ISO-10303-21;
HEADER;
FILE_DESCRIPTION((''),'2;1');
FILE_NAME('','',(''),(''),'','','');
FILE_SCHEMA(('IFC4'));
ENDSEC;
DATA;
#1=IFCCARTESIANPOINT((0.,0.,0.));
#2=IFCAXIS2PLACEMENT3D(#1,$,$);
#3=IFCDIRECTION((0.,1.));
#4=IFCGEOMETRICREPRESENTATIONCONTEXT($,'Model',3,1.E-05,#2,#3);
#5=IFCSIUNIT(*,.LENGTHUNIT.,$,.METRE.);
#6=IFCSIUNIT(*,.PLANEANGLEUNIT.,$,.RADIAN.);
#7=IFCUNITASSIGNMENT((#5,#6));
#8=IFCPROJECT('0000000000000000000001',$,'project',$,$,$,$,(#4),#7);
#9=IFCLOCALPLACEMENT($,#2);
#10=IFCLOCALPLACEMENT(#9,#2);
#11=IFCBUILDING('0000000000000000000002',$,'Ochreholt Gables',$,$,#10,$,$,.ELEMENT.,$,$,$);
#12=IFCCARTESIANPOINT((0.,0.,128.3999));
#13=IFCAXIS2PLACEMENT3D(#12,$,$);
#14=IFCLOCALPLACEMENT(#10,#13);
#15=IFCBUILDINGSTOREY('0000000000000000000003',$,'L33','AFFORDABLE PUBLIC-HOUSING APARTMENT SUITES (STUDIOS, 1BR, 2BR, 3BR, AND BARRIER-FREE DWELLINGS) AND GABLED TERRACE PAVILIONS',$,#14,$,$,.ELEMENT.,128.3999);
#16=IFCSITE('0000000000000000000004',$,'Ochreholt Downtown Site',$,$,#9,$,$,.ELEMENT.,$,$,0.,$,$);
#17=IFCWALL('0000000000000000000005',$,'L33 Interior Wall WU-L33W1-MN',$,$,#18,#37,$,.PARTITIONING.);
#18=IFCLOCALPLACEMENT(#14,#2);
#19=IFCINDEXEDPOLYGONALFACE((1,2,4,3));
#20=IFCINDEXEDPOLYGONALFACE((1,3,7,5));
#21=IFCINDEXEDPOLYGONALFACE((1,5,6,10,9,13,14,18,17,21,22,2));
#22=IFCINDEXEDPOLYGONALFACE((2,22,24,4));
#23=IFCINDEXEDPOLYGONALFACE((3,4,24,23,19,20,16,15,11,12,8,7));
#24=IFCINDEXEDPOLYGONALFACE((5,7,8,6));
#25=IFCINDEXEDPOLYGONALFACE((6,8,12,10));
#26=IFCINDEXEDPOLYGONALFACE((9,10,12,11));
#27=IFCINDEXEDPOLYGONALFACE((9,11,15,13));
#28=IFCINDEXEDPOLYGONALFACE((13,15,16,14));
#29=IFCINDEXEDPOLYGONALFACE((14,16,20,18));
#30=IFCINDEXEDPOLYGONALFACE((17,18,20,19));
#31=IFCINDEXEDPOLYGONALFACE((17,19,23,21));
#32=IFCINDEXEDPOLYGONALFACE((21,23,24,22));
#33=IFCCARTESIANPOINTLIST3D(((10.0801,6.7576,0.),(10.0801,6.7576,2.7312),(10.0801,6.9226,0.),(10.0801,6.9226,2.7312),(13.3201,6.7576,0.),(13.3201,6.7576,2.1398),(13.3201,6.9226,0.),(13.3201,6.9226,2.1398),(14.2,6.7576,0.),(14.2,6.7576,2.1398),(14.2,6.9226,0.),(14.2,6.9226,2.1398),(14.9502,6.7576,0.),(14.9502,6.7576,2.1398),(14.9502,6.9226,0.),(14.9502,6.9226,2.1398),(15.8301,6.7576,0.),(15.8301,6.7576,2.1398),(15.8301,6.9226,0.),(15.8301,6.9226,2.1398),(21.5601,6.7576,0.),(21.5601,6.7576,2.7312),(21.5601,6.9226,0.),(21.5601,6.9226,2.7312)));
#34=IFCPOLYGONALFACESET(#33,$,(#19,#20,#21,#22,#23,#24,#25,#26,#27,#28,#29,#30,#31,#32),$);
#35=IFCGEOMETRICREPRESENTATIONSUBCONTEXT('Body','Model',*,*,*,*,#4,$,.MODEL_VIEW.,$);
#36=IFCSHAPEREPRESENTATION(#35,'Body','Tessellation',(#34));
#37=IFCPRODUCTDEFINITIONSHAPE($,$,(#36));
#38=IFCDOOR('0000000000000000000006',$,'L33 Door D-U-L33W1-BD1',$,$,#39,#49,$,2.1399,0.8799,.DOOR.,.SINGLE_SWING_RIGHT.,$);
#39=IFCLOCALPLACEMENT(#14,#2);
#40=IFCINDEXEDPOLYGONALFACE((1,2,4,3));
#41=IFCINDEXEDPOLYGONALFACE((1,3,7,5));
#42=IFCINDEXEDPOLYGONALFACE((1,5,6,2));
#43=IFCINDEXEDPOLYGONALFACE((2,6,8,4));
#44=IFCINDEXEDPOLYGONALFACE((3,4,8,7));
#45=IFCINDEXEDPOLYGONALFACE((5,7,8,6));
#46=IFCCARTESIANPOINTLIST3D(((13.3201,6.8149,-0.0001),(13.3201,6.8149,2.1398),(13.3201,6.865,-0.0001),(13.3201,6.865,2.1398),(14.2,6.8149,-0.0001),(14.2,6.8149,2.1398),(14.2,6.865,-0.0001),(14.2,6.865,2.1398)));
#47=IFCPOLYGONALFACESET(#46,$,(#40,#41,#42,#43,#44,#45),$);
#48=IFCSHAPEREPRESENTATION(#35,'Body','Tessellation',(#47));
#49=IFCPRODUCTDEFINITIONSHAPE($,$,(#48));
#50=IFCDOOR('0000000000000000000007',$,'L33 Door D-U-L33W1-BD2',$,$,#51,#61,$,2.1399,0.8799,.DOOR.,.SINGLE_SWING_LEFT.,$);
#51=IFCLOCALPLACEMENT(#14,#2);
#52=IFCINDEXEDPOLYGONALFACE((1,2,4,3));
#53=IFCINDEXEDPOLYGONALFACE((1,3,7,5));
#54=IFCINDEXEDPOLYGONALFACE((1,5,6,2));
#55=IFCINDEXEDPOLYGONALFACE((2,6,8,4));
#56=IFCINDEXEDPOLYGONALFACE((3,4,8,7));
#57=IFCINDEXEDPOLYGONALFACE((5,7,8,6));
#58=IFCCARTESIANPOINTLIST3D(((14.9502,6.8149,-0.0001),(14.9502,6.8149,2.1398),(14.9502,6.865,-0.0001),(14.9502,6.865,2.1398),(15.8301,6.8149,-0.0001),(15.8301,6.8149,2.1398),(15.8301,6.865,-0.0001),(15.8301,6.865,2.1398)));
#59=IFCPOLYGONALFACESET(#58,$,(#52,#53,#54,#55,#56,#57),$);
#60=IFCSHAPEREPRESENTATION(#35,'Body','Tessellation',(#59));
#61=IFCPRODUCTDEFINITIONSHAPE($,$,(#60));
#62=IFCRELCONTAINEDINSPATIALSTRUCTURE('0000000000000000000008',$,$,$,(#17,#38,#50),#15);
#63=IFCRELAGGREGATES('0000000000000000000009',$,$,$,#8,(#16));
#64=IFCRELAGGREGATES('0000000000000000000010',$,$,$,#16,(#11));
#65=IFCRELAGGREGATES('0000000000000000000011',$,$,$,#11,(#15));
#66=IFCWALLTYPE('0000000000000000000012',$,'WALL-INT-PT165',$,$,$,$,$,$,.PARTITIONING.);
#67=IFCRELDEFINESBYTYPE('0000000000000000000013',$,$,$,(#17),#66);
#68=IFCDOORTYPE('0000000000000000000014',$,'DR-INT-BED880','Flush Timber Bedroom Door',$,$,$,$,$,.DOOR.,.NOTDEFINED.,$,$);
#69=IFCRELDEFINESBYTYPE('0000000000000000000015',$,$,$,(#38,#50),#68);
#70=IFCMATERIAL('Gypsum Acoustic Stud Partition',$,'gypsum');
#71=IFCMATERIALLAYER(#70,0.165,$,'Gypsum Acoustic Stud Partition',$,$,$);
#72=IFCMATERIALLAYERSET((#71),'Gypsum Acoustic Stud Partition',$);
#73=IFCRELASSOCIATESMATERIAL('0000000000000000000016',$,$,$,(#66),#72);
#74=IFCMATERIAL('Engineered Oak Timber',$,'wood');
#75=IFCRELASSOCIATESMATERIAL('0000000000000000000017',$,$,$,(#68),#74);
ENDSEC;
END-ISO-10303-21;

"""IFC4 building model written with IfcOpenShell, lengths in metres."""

from ifc_helpers import new_model, si_unit, direction, frame, frame_2d, origin, place, context, subcontext, project, spatial, rectangle, extrude, material, layer, layer_set, type_object, element, fill, save


model = new_model("IFC4")

# Units and contexts
model_context = context("Model", 3, precision=1e-05, world=origin(), true_north=direction((0.0, 1.0)))
body_context = subcontext(model_context, "Body", "Model", "MODEL_VIEW")
ifc_project = project(units=[si_unit("LENGTHUNIT", "METRE"), si_unit("PLANEANGLEUNIT", "RADIAN")], contexts=[model_context])

# Site, building, storey
site_placement = place(None, origin())
site = spatial("IfcSite", under=ifc_project, at=site_placement, Name="Ochreholt Downtown Site", CompositionType="ELEMENT", RefElevation=0.0)
building_placement = place(site_placement, origin())
building = spatial("IfcBuilding", under=site, at=building_placement, Name="Ochreholt Gables", CompositionType="ELEMENT")
storey_placement = place(building_placement, frame((0.0, 0.0, 128.3999)))
storey = spatial("IfcBuildingStorey", under=building, at=storey_placement, Name="L33", Description="AFFORDABLE PUBLIC-HOUSING APARTMENT SUITES (STUDIOS, 1BR, 2BR, 3BR, AND BARRIER-FREE DWELLINGS) AND GABLED TERRACE PAVILIONS", CompositionType="ELEMENT", Elevation=128.3999)

# Wall, openings, doors
ifc_material_1 = material(Name="Gypsum Acoustic Stud Partition", Category="gypsum")
ifc_layer_1 = layer(ifc_material_1, 0.165, Name="Gypsum Acoustic Stud Partition")
ifc_layer_set_1 = layer_set([ifc_layer_1], Name="Gypsum Acoustic Stud Partition")
wall_type_1 = type_object("IfcWallType", Name="WALL-INT-PT165", PredefinedType="PARTITIONING", material=ifc_layer_set_1)
wall_1_placement = place(storey_placement, frame((10.0801, 6.8401, 0.0), z_axis=(0.0, 0.0, 1.0), x_axis=(1.0, 0.0, 0.0)))
wall_1 = element("IfcWall", 1, at=wall_1_placement, inside=storey, type_object=wall_type_1, Name="L33 Interior Wall WU-L33W1-MN", PredefinedType="PARTITIONING", context=body_context, shape_type="SweptSolid", body=[
    extrude(rectangle(XDim=11.48, YDim=0.165, at=frame_2d((5.74, 0.0))), origin(), (0.0, 0.0, 1.0), 2.7312),
])
opening_1_placement = place(wall_1_placement, frame((3.24, 0.0, 0.0)))
opening_1 = element("IfcOpeningElement", 2, at=opening_1_placement, cuts=wall_1, PredefinedType="OPENING", context=body_context, shape_type="SweptSolid", body=[
    extrude(rectangle(XDim=0.8799, YDim=2.1399, at=frame_2d((0.4399, 1.0698))), frame((0.0, 0.0925, 0.0), z_axis=(0.0, -1.0, 0.0), x_axis=(1.0, 0.0, 0.0)), (0.0, 0.0, 1.0), 0.1851),
])
opening_2_placement = place(wall_1_placement, frame((4.8701, 0.0, 0.0)))
opening_2 = element("IfcOpeningElement", 3, at=opening_2_placement, cuts=wall_1, PredefinedType="OPENING", context=body_context, shape_type="SweptSolid", body=[
    extrude(rectangle(XDim=0.8799, YDim=2.1399, at=frame_2d((0.4399, 1.0698))), frame((0.0, 0.0925, 0.0), z_axis=(0.0, -1.0, 0.0), x_axis=(1.0, 0.0, 0.0)), (0.0, 0.0, 1.0), 0.1851),
])
ifc_material_2 = material(Name="Engineered Oak Timber", Category="wood")
door_type = type_object("IfcDoorType", Name="DR-INT-BED880", Description="Flush Timber Bedroom Door", OperationType="NOTDEFINED", PredefinedType="DOOR", material=ifc_material_2)
door_1_placement = place(opening_1_placement, origin())
door_1 = element("IfcDoor", 4, at=door_1_placement, inside=storey, type_object=door_type, Name="L33 Door D-U-L33W1-BD1", OperationType="SINGLE_SWING_RIGHT", OverallHeight=2.1399, OverallWidth=0.8799, PredefinedType="DOOR", context=body_context, shape_type="SweptSolid", body=[
    extrude(rectangle(XDim=0.8799, YDim=2.1399, at=frame_2d((0.4399, 1.0698))), frame((0.0, 0.0249, 0.0), z_axis=(0.0, -1.0, 0.0), x_axis=(1.0, 0.0, 0.0)), (0.0, 0.0, 1.0), 0.05),
])
fill(opening_1, door_1)
door_2_placement = place(opening_2_placement, origin())
door_2 = element("IfcDoor", 5, at=door_2_placement, inside=storey, type_object=door_type, Name="L33 Door D-U-L33W1-BD2", OperationType="SINGLE_SWING_LEFT", OverallHeight=2.1399, OverallWidth=0.8799, PredefinedType="DOOR", context=body_context, shape_type="SweptSolid", body=[
    extrude(rectangle(XDim=0.8799, YDim=2.1399, at=frame_2d((0.4399, 1.0698))), frame((0.0, 0.0249, 0.0), z_axis=(0.0, -1.0, 0.0), x_axis=(1.0, 0.0, 0.0)), (0.0, 0.0, 1.0), 0.05),
])
fill(opening_2, door_2)

save(model, "model.ifc")
